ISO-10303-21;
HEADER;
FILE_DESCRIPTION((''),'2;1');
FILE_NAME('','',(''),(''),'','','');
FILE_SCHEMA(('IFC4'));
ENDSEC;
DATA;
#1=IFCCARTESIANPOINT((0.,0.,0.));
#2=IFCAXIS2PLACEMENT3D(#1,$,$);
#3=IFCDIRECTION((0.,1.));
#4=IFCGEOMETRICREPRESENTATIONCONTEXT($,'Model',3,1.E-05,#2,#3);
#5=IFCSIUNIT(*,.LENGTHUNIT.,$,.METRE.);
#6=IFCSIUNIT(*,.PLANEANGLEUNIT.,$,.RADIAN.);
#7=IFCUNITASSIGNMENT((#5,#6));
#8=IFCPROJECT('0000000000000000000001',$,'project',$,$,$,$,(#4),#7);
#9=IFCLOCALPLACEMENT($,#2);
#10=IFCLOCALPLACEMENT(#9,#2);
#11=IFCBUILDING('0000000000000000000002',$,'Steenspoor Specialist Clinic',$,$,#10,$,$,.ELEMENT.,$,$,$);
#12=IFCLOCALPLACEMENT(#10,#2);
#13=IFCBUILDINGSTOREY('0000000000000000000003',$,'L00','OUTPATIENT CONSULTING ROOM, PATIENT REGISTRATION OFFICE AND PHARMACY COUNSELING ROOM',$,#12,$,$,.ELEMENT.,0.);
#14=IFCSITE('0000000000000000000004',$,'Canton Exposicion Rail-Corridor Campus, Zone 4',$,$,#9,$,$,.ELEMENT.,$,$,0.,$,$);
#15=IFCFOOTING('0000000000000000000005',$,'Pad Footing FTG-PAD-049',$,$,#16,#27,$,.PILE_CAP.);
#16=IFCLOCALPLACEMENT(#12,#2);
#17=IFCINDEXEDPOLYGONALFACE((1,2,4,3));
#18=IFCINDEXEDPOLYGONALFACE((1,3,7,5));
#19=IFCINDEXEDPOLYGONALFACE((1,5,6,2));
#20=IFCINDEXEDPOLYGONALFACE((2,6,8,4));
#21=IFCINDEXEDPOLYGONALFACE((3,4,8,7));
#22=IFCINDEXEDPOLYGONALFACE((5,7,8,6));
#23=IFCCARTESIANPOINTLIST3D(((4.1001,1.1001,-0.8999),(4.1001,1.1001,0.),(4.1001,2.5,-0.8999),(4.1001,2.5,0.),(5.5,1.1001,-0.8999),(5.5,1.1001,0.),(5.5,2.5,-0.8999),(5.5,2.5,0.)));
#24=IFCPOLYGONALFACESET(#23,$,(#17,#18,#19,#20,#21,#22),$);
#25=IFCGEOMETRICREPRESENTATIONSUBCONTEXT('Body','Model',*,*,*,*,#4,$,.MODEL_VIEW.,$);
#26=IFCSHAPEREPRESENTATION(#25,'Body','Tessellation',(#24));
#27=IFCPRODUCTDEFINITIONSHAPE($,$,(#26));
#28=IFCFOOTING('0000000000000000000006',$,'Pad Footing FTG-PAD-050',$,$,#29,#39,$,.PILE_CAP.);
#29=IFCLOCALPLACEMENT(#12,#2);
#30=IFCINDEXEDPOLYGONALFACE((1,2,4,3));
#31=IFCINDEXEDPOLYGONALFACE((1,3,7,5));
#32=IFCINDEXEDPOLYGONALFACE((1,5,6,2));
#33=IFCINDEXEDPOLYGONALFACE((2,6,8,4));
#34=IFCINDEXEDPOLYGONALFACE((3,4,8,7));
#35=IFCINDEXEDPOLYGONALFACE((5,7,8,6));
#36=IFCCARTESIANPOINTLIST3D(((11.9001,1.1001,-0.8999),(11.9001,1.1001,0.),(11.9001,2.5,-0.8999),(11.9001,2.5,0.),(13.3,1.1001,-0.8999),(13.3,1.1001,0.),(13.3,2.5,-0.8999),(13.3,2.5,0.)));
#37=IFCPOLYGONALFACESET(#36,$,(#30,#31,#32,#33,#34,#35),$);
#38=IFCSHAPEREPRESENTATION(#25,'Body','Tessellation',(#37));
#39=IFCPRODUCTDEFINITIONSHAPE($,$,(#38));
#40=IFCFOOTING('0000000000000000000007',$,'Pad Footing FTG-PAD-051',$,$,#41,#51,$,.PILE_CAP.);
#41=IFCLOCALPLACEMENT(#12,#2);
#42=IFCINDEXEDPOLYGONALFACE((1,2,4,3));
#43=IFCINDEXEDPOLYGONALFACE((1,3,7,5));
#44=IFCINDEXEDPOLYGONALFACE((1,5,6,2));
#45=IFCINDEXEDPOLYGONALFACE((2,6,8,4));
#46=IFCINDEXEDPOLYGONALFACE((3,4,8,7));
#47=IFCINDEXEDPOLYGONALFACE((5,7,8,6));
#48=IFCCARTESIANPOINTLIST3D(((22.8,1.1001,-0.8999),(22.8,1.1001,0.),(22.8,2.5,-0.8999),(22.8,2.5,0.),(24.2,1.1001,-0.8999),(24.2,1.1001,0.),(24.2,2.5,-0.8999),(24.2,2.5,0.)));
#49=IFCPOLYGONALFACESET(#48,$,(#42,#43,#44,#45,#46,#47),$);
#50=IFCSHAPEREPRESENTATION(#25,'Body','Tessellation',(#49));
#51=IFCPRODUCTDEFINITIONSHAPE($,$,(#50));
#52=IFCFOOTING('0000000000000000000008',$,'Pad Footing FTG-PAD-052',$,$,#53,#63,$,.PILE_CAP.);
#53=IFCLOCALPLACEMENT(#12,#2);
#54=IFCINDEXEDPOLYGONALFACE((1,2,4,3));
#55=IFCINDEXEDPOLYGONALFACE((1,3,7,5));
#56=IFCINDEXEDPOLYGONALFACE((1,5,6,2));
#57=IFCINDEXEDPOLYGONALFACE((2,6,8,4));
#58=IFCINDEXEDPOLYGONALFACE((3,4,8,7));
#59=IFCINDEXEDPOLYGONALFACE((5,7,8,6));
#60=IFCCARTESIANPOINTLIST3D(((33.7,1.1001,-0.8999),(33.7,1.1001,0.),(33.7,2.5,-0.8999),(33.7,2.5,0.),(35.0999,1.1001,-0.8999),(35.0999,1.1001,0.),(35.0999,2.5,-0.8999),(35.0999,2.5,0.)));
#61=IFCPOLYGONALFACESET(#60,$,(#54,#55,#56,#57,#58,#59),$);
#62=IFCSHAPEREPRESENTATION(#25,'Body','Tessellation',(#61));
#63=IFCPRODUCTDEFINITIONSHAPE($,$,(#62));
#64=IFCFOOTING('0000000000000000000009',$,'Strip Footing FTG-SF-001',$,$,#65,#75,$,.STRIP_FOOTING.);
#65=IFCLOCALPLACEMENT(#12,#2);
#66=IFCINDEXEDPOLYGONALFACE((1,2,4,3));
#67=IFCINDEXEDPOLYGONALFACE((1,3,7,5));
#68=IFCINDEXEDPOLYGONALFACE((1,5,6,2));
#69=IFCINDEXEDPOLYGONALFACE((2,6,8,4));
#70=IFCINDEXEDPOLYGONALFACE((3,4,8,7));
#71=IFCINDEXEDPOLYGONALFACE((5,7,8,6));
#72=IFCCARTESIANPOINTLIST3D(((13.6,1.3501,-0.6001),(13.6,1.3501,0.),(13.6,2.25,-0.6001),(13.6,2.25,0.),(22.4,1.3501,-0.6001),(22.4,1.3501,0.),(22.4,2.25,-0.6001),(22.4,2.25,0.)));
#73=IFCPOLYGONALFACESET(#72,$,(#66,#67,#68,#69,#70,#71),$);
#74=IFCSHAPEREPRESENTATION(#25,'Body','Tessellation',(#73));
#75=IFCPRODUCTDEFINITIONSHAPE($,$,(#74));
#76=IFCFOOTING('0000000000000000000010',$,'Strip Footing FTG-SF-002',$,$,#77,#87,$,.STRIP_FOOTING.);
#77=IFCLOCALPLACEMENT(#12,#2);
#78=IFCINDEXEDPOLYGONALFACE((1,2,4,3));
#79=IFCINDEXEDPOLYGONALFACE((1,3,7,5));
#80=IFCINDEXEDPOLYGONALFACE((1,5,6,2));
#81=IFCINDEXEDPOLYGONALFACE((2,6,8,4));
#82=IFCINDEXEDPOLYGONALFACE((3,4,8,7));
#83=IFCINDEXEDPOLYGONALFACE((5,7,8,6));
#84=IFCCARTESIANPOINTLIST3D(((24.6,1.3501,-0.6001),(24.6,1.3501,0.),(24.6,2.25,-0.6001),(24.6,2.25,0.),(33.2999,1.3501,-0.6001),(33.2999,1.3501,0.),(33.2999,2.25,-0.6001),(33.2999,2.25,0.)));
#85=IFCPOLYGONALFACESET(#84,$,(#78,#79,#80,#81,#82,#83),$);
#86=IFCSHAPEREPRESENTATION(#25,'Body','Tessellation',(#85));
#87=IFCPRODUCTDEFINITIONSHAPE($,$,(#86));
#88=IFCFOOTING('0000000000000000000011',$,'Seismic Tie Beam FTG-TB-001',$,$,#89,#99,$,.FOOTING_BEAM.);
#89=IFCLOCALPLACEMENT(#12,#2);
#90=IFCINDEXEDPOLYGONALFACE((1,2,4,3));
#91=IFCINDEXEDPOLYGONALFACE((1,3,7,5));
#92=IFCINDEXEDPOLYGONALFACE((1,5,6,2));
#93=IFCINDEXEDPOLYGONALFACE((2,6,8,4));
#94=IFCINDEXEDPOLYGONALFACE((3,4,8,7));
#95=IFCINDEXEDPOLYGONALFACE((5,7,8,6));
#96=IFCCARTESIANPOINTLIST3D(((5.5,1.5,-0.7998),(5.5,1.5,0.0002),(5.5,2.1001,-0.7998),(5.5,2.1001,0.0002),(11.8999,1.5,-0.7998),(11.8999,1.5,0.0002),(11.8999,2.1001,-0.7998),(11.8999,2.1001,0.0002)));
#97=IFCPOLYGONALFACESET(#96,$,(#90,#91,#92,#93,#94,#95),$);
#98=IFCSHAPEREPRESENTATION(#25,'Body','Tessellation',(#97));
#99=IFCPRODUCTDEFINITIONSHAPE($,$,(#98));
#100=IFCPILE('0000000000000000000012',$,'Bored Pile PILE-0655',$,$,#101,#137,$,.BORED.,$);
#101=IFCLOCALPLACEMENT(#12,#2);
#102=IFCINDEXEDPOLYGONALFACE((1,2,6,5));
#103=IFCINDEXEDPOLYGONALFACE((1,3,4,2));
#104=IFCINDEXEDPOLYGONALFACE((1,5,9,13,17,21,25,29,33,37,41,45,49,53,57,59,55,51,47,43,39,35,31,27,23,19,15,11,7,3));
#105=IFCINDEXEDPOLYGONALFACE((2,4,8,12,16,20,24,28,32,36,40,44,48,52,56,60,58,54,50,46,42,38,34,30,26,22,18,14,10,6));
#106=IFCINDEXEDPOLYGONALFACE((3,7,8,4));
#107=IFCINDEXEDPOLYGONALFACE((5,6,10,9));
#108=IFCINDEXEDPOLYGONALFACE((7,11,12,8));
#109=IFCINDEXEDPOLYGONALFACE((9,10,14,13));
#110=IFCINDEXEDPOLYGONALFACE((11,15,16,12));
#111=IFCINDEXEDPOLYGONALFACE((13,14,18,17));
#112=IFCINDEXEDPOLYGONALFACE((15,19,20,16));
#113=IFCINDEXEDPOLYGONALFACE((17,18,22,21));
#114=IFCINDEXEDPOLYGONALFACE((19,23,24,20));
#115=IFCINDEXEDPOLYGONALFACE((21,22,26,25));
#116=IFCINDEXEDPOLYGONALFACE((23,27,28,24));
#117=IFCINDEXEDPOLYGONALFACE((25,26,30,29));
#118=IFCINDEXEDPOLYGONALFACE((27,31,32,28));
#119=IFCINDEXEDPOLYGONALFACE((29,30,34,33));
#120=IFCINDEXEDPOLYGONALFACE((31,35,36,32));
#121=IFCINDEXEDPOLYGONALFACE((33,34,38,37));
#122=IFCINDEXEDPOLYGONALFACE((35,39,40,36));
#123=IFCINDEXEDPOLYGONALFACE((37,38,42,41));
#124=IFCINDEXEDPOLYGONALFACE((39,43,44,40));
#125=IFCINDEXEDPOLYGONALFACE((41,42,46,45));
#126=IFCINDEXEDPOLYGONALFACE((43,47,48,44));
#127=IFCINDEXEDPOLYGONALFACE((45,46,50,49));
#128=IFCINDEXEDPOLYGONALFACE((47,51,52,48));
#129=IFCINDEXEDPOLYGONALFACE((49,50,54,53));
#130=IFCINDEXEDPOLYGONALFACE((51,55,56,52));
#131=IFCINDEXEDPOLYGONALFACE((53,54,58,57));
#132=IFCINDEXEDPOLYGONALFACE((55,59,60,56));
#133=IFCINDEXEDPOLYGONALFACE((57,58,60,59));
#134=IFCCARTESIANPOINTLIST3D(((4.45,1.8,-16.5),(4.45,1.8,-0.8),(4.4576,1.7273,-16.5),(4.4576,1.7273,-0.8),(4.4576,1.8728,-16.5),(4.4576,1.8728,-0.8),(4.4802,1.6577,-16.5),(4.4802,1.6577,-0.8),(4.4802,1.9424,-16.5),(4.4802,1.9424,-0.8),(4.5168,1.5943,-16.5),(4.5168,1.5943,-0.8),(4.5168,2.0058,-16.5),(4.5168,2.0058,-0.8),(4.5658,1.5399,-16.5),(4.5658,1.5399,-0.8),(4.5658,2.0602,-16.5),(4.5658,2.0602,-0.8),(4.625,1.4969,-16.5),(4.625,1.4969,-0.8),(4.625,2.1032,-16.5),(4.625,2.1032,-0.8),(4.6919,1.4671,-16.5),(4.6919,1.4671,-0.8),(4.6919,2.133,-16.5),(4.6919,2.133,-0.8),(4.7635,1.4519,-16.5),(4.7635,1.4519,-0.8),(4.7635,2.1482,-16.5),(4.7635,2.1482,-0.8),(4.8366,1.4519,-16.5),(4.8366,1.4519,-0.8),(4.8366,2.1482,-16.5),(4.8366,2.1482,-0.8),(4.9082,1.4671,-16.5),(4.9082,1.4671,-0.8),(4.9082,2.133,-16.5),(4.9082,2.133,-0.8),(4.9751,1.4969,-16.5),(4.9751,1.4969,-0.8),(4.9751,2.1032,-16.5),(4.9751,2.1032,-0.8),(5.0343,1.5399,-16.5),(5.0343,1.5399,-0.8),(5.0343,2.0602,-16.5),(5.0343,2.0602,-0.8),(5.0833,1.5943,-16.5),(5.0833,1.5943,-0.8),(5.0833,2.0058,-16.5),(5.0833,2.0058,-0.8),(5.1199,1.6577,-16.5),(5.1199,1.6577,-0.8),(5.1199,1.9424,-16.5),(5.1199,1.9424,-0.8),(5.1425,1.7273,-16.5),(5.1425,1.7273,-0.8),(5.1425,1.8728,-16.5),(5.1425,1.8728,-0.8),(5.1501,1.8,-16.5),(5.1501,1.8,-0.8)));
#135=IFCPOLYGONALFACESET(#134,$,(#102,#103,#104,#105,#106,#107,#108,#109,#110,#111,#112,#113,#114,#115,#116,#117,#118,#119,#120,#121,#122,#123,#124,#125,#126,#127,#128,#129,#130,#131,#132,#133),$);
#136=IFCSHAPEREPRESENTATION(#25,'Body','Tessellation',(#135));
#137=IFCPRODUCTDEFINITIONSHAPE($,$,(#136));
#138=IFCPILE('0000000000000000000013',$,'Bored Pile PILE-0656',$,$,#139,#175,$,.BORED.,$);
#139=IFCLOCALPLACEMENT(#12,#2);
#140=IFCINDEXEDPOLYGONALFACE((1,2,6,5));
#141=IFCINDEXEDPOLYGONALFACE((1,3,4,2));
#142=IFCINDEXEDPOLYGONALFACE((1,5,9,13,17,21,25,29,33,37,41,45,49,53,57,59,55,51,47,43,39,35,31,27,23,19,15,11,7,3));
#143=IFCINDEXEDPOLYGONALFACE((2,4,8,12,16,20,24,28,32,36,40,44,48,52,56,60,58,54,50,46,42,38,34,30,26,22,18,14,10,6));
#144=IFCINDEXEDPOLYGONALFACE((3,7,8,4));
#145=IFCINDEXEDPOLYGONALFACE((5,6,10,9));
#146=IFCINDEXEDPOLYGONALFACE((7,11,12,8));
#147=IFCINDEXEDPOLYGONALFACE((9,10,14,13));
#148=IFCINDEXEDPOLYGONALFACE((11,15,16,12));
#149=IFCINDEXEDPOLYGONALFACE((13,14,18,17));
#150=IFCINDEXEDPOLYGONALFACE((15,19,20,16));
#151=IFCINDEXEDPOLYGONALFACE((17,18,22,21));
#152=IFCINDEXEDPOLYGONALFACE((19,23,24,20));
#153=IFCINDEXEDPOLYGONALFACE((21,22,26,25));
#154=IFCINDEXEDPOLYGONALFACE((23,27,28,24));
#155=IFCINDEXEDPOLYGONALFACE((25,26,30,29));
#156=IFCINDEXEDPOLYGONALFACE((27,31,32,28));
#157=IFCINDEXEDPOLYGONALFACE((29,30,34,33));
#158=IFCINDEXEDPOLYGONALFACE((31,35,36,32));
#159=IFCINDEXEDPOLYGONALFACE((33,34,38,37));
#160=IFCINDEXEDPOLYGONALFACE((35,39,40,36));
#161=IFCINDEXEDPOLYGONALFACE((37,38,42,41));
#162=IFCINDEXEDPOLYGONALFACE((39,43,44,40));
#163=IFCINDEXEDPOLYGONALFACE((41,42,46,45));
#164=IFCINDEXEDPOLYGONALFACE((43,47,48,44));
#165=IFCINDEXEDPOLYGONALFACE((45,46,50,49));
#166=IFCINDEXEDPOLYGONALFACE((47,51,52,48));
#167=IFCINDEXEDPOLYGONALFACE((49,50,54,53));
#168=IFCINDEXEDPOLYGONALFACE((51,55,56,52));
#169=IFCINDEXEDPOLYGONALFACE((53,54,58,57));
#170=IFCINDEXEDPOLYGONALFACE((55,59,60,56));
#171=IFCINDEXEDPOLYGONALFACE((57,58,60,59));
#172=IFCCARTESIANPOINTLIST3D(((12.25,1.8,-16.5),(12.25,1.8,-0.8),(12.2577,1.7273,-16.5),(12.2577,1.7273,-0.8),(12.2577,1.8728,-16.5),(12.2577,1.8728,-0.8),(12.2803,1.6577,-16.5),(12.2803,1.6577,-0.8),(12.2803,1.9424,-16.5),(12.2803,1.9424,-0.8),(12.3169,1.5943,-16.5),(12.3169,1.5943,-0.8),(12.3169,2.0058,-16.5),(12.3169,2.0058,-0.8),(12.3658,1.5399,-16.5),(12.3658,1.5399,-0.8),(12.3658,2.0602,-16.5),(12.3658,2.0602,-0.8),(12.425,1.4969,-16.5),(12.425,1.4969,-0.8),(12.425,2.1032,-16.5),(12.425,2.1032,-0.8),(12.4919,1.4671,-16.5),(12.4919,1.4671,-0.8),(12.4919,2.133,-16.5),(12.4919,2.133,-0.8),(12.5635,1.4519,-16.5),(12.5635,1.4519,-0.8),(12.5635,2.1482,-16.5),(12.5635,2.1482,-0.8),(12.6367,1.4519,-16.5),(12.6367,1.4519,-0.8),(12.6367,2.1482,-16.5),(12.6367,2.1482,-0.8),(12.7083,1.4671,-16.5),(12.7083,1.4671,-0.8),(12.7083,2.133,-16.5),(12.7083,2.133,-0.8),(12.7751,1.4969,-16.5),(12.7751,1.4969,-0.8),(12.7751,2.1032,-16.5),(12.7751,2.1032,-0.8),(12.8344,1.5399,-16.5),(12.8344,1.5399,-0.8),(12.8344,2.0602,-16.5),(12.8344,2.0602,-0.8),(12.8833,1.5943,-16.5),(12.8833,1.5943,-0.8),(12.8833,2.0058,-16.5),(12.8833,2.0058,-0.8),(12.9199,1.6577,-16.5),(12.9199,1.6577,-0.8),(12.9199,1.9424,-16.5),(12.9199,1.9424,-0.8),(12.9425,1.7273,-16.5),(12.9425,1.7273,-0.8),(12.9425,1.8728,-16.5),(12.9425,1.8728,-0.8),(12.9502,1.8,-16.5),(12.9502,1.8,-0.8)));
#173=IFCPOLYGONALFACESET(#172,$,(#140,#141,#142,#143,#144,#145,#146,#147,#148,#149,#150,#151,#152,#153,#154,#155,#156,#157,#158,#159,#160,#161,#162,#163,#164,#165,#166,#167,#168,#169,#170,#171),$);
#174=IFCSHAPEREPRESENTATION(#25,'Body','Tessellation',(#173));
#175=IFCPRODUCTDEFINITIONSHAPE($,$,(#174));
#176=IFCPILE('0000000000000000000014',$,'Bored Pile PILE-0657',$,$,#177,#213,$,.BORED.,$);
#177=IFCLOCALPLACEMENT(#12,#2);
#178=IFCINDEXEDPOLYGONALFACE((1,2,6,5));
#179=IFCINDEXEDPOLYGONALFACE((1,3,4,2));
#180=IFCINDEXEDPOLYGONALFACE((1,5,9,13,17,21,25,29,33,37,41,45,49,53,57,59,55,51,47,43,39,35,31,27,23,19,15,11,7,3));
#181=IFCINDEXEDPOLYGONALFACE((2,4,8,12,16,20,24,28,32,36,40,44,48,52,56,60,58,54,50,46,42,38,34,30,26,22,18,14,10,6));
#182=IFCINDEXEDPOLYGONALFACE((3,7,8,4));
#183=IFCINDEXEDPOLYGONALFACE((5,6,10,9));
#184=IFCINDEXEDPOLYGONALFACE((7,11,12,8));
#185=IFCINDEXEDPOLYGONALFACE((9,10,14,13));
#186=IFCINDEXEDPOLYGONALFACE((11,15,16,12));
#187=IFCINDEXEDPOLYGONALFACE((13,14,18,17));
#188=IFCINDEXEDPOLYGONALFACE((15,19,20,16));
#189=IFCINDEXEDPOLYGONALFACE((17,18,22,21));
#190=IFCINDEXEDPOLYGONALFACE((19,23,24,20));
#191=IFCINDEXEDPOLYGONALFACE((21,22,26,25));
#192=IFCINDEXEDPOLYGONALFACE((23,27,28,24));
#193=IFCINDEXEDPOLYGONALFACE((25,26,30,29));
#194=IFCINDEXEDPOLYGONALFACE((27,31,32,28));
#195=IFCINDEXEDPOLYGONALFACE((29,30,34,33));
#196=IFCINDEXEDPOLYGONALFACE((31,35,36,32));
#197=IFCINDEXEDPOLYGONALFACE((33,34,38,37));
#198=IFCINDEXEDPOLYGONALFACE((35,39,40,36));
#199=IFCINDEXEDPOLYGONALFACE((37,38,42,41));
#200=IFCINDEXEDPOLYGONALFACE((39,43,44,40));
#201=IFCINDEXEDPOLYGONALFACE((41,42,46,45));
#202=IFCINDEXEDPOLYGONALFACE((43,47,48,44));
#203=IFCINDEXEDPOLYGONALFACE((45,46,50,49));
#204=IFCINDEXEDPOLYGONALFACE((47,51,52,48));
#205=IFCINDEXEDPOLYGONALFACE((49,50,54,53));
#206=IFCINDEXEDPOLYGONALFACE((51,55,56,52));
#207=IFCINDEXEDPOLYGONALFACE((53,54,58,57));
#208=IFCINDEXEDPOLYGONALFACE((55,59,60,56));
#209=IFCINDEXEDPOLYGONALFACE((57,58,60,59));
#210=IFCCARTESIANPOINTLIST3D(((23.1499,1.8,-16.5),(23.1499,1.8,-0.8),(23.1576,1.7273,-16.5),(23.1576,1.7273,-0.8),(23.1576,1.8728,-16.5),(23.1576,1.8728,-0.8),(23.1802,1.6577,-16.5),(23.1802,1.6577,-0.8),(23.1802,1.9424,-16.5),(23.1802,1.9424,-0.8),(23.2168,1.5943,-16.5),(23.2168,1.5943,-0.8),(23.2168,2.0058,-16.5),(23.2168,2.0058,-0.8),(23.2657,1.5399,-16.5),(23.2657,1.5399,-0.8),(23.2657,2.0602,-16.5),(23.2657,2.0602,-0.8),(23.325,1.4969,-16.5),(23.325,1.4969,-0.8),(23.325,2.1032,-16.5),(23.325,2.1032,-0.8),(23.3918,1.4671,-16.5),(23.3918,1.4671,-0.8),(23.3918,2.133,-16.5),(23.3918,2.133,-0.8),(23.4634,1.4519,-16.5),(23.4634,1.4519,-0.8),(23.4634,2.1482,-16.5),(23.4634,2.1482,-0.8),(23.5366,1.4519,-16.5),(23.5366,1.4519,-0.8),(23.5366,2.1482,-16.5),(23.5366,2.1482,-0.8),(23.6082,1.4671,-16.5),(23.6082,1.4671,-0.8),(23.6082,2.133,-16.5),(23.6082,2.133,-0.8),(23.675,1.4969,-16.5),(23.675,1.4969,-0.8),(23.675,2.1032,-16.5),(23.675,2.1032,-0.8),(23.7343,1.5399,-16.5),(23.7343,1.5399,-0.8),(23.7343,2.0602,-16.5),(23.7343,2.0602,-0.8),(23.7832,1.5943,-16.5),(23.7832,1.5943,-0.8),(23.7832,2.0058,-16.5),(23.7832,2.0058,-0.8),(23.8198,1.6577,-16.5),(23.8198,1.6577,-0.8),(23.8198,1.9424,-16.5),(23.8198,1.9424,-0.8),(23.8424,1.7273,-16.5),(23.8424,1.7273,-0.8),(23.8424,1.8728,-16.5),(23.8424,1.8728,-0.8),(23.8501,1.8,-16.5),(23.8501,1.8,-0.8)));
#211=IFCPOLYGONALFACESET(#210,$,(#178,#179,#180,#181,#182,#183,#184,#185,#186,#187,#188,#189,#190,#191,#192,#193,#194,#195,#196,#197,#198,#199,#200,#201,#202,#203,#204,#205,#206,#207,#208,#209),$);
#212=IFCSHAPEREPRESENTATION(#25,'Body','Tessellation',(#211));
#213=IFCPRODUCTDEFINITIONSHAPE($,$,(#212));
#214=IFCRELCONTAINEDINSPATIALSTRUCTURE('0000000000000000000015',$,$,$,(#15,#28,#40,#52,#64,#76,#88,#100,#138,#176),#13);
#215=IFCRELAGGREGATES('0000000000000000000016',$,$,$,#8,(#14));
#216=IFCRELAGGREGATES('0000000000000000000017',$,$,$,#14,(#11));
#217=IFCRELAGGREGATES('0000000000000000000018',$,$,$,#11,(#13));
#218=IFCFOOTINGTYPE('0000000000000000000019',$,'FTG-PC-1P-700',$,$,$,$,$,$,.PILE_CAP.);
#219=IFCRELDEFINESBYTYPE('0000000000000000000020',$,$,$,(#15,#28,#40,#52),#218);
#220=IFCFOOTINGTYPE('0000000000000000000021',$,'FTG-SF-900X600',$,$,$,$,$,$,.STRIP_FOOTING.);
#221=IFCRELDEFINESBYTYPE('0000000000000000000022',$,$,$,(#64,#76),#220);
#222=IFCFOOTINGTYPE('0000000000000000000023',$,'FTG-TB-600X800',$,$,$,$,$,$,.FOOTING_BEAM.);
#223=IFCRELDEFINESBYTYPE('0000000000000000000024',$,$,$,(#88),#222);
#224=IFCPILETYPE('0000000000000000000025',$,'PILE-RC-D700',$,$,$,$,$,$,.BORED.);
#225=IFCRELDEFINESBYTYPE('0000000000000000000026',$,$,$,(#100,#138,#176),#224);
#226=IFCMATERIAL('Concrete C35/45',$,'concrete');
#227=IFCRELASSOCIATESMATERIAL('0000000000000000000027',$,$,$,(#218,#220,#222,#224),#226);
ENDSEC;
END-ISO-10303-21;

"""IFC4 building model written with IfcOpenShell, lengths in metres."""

from ifc_helpers import new_model, si_unit, direction, frame, origin, origin_2d, place, context, subcontext, project, spatial, rectangle, circle, extrude, material, material_profile, profile_set, type_object, element, save


model = new_model("IFC4")

# Units and contexts
model_context = context("Model", 3, precision=1e-05, world=origin(), true_north=direction((0.0, 1.0)))
body_context = subcontext(model_context, "Body", "Model", "MODEL_VIEW")
ifc_project = project(units=[si_unit("LENGTHUNIT", "METRE"), si_unit("PLANEANGLEUNIT", "RADIAN")], contexts=[model_context])

# Site, building, storey
site_placement = place(None, origin())
site = spatial("IfcSite", under=ifc_project, at=site_placement, Name="Canton Exposicion Rail-Corridor Campus, Zone 4", CompositionType="ELEMENT", RefElevation=0.0)
building_placement = place(site_placement, origin())
building = spatial("IfcBuilding", under=site, at=building_placement, Name="Steenspoor Specialist Clinic", CompositionType="ELEMENT")
storey_placement = place(building_placement, origin())
storey = spatial("IfcBuildingStorey", under=building, at=storey_placement, Name="L00", Description="OUTPATIENT CONSULTING ROOM, PATIENT REGISTRATION OFFICE AND PHARMACY COUNSELING ROOM", CompositionType="ELEMENT", Elevation=0.0)

# Footings
ifc_material_1 = material(Name="Concrete C35/45", Category="concrete")
footing_type_1 = type_object("IfcFootingType", Name="FTG-PC-1P-700", PredefinedType="PILE_CAP", material=ifc_material_1)
for number, where, z_axis, x_axis, name in (
    (1, (4.8, 1.8, -0.8999), (0.0, 0.0, 1.0), (1.0, 0.0, 0.0), "Pad Footing FTG-PAD-049"),
    (2, (12.6001, 1.8, -0.8999), (0.0, 0.0, 1.0), (1.0, 0.0, 0.0), "Pad Footing FTG-PAD-050"),
    (3, (23.5, 1.8, -0.8999), (0.0, 0.0, 1.0), (1.0, 0.0, 0.0), "Pad Footing FTG-PAD-051"),
    (4, (34.3999, 1.8, -0.8999), (0.0, 0.0, 1.0), (1.0, 0.0, 0.0), "Pad Footing FTG-PAD-052"),
):
    element("IfcFooting", number, at=place(storey_placement, frame(where, z_axis=z_axis, x_axis=x_axis)), inside=storey, type_object=footing_type_1, Name=name, PredefinedType="PILE_CAP", context=body_context, shape_type="SweptSolid", body=[
        extrude(rectangle(XDim=1.3999, YDim=1.3999, at=origin_2d()), origin(), (0.0, 0.0, 1.0), 0.8999),
    ])
footing_type_2 = type_object("IfcFootingType", Name="FTG-SF-900X600", PredefinedType="STRIP_FOOTING", material=ifc_material_1)
footing_1_placement = place(storey_placement, frame((18.0, 1.8, -0.6001), z_axis=(0.0, 0.0, 1.0), x_axis=(1.0, 0.0, 0.0)))
element("IfcFooting", 5, at=footing_1_placement, inside=storey, type_object=footing_type_2, Name="Strip Footing FTG-SF-001", PredefinedType="STRIP_FOOTING", context=body_context, shape_type="SweptSolid", body=[
    extrude(rectangle(XDim=8.8, YDim=0.8999, at=origin_2d()), origin(), (0.0, 0.0, 1.0), 0.6001),
])
footing_2_placement = place(storey_placement, frame((28.95, 1.8, -0.6001), z_axis=(0.0, 0.0, 1.0), x_axis=(1.0, 0.0, 0.0)))
element("IfcFooting", 6, at=footing_2_placement, inside=storey, type_object=footing_type_2, Name="Strip Footing FTG-SF-002", PredefinedType="STRIP_FOOTING", context=body_context, shape_type="SweptSolid", body=[
    extrude(rectangle(XDim=8.7, YDim=0.8999, at=origin_2d()), origin(), (0.0, 0.0, 1.0), 0.6001),
])
footing_type_3 = type_object("IfcFootingType", Name="FTG-TB-600X800", PredefinedType="FOOTING_BEAM", material=ifc_material_1)
footing_3_placement = place(storey_placement, frame((8.7, 1.8, -0.7998), z_axis=(0.0, 0.0, 1.0), x_axis=(1.0, 0.0, 0.0)))
element("IfcFooting", 7, at=footing_3_placement, inside=storey, type_object=footing_type_3, Name="Seismic Tie Beam FTG-TB-001", PredefinedType="FOOTING_BEAM", context=body_context, shape_type="SweptSolid", body=[
    extrude(rectangle(XDim=6.3999, YDim=0.6001, at=origin_2d()), origin(), (0.0, 0.0, 1.0), 0.8),
])

# Piles
ifc_material_profile_1 = material_profile(ifc_material_1, circle(Radius=0.3501, at=origin_2d()), Name="PILE-D700")
ifc_profile_set_1 = profile_set([ifc_material_profile_1], Name="Concrete C35/45")
pile_type = type_object("IfcPileType", Name="PILE-RC-D700", PredefinedType="BORED", material=ifc_profile_set_1)
for number, where, z_axis, x_axis, name in (
    (8, (4.8, 1.8, -0.8), (0.0, 0.0, -1.0), (1.0, 0.0, 0.0), "Bored Pile PILE-0655"),
    (9, (12.6001, 1.8, -0.8), (0.0, 0.0, -1.0), (1.0, 0.0, 0.0), "Bored Pile PILE-0656"),
    (10, (23.5, 1.8, -0.8), (0.0, 0.0, -1.0), (1.0, 0.0, 0.0), "Bored Pile PILE-0657"),
):
    element("IfcPile", number, at=place(storey_placement, frame(where, z_axis=z_axis, x_axis=x_axis)), inside=storey, type_object=pile_type, Name=name, PredefinedType="BORED", context=body_context, shape_type="SweptSolid", body=[
        extrude(circle(Radius=0.3501, at=origin_2d()), origin(), (0.0, 0.0, 1.0), 15.7),
    ])

save(model, "model.ifc")
